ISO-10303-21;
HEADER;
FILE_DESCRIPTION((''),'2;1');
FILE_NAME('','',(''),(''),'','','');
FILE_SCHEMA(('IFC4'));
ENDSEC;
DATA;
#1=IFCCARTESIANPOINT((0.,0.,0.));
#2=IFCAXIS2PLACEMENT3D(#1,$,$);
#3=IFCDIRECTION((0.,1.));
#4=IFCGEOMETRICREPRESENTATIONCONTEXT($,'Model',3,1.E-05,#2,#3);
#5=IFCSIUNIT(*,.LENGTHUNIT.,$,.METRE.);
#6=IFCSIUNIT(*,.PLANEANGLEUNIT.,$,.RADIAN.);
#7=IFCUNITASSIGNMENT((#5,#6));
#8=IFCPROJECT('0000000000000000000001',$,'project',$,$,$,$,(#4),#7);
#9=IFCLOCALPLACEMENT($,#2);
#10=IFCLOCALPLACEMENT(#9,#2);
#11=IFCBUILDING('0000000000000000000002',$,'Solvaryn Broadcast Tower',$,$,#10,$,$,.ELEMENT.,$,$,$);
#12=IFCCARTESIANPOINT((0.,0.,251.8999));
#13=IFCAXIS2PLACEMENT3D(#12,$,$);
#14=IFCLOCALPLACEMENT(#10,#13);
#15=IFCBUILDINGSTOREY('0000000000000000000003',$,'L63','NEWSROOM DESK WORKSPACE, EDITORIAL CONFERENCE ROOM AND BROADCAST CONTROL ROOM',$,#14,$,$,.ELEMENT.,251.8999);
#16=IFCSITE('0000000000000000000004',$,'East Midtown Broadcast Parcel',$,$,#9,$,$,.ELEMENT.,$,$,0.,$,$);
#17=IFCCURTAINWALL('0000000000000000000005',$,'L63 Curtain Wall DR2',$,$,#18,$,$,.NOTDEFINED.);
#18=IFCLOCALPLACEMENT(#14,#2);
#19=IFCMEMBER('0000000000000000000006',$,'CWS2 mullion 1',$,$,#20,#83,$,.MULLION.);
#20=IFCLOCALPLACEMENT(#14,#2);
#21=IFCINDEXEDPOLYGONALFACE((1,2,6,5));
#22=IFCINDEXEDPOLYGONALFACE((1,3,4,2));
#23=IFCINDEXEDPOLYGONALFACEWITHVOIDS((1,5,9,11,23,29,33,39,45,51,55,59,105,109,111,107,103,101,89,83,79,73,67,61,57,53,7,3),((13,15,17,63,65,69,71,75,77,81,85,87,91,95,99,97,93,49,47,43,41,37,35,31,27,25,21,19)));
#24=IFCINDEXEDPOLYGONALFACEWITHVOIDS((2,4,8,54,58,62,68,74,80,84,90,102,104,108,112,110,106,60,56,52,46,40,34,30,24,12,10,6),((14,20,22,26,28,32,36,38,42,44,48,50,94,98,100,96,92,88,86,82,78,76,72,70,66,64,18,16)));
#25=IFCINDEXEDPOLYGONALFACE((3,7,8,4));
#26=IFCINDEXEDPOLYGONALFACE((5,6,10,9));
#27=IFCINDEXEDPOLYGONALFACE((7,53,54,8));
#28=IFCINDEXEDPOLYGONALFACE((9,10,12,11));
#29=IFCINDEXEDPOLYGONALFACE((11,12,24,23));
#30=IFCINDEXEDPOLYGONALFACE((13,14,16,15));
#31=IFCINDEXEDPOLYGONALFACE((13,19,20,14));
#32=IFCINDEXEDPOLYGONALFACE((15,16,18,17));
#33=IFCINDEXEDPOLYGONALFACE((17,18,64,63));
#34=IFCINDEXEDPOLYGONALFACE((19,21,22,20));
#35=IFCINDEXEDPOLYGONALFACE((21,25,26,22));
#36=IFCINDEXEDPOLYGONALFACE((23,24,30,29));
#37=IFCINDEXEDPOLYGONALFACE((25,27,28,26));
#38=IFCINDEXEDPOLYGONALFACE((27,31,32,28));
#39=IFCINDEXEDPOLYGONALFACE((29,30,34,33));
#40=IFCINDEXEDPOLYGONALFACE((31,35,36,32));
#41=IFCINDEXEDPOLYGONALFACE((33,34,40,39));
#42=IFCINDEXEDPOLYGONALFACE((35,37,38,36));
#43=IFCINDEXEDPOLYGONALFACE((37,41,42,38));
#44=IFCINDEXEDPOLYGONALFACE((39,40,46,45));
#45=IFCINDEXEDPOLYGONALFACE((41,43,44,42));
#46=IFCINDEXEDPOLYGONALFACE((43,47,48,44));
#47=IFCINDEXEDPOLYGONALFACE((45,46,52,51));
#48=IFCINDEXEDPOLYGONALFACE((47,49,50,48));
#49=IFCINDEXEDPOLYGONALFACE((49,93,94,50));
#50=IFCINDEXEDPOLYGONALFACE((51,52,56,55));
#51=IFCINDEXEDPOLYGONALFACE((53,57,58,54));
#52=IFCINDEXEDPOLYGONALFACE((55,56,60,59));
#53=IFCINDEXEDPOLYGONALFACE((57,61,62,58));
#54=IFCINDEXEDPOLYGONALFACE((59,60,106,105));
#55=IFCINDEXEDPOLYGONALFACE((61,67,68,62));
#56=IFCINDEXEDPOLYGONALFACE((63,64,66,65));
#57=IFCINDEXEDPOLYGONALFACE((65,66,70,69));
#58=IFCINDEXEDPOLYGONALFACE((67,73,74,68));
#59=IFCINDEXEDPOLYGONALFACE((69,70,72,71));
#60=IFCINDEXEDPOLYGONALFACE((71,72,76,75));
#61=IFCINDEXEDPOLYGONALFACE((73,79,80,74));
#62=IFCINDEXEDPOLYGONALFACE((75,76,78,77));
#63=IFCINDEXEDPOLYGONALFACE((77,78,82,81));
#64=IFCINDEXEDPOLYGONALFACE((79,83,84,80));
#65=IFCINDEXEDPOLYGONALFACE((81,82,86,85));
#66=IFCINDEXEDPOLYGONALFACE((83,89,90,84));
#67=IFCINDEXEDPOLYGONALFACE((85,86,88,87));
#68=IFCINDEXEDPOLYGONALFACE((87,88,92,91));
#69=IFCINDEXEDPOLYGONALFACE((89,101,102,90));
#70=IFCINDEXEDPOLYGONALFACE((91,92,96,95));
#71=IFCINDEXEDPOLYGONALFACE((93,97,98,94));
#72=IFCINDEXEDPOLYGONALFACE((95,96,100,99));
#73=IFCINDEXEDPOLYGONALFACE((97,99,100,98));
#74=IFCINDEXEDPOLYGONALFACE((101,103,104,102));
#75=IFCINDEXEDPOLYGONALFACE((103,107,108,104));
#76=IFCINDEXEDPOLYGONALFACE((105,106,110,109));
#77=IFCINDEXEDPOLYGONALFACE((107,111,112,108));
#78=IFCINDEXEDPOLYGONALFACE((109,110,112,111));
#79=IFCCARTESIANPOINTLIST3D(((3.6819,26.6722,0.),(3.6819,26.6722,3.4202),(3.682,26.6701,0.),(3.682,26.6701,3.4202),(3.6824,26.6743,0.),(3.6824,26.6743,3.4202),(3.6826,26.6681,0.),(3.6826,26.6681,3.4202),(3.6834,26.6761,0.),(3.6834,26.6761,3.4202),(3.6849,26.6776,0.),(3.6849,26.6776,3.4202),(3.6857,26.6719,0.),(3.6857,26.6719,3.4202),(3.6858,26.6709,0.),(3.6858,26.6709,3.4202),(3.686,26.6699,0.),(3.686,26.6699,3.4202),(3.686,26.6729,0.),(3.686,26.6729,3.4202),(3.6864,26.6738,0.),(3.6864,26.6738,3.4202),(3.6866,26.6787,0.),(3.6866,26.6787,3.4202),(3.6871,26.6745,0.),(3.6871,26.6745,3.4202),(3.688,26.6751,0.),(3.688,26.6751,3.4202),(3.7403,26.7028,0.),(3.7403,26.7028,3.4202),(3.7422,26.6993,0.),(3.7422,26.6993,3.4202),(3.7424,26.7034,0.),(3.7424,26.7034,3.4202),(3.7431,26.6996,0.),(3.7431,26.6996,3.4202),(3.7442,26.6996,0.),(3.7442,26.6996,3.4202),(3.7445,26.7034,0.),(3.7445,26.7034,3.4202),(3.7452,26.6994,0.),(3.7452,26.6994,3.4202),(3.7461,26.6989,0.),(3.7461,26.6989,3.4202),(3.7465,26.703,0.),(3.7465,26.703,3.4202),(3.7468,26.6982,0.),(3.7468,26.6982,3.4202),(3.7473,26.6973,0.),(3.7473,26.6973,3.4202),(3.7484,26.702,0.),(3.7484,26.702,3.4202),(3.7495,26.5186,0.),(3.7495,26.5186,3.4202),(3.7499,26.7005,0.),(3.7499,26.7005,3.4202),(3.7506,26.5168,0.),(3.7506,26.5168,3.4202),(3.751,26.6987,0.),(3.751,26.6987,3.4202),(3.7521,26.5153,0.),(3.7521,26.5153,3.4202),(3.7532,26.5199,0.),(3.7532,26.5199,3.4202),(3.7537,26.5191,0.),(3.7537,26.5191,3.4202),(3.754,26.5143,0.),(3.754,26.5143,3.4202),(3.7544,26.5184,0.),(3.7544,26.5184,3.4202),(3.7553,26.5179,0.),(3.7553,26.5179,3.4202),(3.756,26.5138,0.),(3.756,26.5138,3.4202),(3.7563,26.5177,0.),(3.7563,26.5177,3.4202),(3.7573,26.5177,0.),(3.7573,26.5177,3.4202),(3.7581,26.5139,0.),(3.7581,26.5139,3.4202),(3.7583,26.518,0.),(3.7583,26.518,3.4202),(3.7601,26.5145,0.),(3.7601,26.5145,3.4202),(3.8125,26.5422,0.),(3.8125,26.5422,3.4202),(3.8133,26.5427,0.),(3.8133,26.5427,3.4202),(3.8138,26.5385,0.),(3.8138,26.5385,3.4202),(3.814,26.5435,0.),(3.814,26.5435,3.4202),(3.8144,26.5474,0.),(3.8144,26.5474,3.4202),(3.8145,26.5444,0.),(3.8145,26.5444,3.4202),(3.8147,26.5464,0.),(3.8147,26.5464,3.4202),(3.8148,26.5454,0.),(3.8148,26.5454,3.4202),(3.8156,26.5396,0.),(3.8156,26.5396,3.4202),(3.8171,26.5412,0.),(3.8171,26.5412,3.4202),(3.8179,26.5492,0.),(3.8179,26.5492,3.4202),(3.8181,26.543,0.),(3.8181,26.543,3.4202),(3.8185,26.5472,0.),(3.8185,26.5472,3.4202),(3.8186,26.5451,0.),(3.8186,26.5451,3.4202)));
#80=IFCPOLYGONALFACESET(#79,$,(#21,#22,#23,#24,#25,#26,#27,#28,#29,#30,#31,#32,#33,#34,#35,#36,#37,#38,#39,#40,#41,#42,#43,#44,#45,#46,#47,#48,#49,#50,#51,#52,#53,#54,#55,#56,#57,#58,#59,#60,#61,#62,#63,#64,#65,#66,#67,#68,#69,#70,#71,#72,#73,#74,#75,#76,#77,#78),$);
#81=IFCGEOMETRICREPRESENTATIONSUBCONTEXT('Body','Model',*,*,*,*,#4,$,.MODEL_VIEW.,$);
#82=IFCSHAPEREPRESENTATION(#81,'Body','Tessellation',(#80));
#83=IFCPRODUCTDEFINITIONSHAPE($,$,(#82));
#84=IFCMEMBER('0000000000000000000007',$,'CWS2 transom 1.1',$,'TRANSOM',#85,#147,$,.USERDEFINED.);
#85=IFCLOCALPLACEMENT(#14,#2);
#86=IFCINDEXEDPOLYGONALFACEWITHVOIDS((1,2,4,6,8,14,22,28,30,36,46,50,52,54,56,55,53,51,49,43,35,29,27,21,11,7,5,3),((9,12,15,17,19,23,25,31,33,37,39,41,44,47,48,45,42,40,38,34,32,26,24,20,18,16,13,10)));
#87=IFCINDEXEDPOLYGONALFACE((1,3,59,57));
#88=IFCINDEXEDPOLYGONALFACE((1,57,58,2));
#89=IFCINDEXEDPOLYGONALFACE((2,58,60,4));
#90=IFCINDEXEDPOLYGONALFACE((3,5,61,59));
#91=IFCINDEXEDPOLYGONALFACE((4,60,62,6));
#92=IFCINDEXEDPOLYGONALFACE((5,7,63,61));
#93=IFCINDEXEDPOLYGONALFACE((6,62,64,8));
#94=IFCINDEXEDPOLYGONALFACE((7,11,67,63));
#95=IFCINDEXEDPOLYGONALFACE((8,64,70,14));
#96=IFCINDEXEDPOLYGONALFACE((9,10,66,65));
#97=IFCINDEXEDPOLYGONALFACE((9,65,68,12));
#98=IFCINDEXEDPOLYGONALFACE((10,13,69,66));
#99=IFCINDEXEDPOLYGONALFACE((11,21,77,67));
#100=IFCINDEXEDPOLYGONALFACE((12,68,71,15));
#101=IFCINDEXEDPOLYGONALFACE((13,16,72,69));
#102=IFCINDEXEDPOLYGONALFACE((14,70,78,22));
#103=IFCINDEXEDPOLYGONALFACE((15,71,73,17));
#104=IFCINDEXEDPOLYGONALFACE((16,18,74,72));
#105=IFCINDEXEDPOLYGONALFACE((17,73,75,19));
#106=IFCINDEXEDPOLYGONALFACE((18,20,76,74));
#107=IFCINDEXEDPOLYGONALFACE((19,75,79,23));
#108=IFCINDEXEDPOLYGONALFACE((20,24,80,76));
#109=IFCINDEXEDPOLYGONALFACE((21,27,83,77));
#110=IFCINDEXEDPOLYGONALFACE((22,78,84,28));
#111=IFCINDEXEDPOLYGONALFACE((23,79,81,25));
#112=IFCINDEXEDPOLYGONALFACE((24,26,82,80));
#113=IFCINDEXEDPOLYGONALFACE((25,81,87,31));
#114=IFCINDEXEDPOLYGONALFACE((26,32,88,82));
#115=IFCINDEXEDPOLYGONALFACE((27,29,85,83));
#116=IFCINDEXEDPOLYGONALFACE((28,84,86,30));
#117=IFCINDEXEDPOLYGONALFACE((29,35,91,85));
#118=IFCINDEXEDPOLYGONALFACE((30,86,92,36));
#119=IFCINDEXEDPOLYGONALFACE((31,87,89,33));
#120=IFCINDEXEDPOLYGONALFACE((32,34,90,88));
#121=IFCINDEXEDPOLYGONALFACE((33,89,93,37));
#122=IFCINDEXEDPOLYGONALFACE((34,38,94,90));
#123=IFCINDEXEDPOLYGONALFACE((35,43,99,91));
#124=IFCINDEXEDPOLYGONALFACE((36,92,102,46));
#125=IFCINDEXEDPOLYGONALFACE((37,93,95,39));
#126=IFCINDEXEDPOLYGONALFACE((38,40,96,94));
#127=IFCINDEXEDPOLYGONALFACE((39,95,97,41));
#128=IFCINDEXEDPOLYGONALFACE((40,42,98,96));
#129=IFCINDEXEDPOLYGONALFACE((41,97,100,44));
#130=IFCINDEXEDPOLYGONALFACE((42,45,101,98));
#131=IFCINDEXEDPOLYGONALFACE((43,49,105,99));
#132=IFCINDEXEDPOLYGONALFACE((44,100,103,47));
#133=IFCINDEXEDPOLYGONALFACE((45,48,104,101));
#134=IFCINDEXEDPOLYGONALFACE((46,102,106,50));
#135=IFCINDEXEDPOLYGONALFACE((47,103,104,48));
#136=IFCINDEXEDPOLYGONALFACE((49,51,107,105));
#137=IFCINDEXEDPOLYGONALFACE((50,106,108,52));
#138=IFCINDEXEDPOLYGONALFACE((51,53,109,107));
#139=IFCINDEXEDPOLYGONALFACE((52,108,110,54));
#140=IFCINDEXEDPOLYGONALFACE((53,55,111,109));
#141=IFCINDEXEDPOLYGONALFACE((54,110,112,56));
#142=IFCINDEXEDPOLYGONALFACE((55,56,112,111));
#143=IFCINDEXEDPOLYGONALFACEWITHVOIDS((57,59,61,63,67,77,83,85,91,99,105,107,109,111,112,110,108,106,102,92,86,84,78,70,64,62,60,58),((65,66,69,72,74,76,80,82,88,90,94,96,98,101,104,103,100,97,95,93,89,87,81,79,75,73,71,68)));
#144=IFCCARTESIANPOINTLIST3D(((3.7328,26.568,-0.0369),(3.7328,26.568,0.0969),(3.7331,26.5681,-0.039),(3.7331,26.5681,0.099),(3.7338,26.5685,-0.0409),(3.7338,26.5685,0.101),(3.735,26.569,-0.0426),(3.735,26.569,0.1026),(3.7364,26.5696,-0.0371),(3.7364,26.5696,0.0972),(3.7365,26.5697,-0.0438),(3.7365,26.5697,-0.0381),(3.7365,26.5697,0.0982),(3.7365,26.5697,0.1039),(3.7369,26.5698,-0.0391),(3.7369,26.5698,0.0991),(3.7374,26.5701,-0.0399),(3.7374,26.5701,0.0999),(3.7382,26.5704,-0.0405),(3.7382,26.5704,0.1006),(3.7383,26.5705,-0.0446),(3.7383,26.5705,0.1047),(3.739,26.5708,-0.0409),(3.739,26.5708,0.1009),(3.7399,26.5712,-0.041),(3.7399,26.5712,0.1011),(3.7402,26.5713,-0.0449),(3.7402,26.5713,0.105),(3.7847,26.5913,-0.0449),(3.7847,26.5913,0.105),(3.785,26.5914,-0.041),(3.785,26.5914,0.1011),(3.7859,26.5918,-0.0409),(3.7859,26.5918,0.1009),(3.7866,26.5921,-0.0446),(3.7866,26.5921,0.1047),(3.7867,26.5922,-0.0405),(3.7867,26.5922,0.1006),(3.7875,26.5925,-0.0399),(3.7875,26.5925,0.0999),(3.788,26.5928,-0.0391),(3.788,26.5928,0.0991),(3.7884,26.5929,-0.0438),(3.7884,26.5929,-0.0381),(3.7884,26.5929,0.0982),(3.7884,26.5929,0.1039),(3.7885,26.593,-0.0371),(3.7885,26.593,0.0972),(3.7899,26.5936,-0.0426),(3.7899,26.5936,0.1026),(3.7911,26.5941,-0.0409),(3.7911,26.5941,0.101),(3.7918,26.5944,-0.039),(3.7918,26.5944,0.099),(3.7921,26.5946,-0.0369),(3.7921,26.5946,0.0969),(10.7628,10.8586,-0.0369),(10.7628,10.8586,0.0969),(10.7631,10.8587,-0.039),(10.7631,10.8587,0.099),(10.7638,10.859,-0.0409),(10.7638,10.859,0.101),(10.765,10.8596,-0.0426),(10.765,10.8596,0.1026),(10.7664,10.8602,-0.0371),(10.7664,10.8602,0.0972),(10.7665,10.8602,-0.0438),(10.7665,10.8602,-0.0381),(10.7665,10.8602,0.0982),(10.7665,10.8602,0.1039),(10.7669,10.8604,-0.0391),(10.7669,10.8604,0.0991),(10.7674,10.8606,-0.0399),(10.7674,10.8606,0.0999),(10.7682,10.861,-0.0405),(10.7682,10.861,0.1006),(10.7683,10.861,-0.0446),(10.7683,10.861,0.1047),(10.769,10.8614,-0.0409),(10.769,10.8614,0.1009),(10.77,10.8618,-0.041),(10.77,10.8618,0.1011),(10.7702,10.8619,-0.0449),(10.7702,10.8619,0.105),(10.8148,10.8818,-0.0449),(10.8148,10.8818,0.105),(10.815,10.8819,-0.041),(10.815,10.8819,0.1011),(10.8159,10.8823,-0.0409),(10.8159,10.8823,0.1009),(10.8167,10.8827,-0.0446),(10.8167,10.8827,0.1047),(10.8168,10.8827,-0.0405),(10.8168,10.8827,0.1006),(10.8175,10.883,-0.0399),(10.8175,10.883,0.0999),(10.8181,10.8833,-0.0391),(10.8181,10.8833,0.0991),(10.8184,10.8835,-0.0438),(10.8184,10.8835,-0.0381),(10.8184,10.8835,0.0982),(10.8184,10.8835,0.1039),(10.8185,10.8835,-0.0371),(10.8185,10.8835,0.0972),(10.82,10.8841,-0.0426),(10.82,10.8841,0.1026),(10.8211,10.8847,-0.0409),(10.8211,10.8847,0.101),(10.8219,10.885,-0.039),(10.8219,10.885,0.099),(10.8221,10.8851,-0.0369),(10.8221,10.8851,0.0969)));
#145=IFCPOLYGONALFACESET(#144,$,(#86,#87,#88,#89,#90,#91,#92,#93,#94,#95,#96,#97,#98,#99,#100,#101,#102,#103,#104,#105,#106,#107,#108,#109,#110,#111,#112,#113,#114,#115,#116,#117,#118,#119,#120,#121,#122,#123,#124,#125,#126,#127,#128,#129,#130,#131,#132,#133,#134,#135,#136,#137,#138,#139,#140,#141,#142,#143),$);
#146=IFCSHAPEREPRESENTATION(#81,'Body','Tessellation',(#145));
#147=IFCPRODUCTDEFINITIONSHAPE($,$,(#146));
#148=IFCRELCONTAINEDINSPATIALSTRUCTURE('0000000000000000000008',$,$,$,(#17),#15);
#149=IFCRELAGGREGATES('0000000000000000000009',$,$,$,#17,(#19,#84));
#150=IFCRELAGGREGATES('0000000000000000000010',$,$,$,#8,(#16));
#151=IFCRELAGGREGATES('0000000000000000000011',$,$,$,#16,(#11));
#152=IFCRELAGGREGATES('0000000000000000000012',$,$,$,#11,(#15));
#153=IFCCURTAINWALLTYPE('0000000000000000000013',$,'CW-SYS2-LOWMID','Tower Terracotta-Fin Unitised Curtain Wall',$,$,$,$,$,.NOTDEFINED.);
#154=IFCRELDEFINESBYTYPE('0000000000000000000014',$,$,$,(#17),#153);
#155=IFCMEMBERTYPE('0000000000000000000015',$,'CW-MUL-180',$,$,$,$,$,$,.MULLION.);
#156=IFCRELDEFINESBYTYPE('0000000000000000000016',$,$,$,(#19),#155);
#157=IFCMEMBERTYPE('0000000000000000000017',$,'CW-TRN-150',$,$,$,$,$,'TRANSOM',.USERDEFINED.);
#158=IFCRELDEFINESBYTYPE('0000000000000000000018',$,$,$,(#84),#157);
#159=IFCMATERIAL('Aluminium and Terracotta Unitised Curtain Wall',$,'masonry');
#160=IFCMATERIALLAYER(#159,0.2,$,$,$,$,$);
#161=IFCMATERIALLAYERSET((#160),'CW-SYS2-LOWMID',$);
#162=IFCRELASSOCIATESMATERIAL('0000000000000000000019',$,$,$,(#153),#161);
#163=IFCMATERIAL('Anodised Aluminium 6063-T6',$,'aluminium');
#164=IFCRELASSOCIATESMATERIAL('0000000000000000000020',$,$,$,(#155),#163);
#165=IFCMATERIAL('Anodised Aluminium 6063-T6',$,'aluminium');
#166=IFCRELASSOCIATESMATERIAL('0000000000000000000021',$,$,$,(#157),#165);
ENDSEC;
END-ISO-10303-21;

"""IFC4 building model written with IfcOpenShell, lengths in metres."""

from ifc_helpers import new_model, si_unit, direction, frame, origin, origin_2d, place, context, subcontext, project, spatial, hollow_rectangle, extrude, material, layer, layer_set, material_profile, profile_set, type_object, element, aggregate, save


model = new_model("IFC4")

# Units and contexts
model_context = context("Model", 3, precision=1e-05, world=origin(), true_north=direction((0.0, 1.0)))
body_context = subcontext(model_context, "Body", "Model", "MODEL_VIEW")
ifc_project = project(units=[si_unit("LENGTHUNIT", "METRE"), si_unit("PLANEANGLEUNIT", "RADIAN")], contexts=[model_context])

# Site, building, storey
site_placement = place(None, origin())
site = spatial("IfcSite", under=ifc_project, at=site_placement, Name="East Midtown Broadcast Parcel", CompositionType="ELEMENT", RefElevation=0.0)
building_placement = place(site_placement, origin())
building = spatial("IfcBuilding", under=site, at=building_placement, Name="Solvaryn Broadcast Tower", CompositionType="ELEMENT")
storey_placement = place(building_placement, frame((0.0, 0.0, 251.8999)))
storey = spatial("IfcBuildingStorey", under=building, at=storey_placement, Name="L63", Description="NEWSROOM DESK WORKSPACE, EDITORIAL CONFERENCE ROOM AND BROADCAST CONTROL ROOM", CompositionType="ELEMENT", Elevation=251.8999)

# Shared definitions
ifc_material_1 = material(Name="Aluminium and Terracotta Unitised Curtain Wall", Category="masonry")
ifc_layer_1 = layer(ifc_material_1, 0.2)
ifc_layer_set_1 = layer_set([ifc_layer_1], Name="CW-SYS2-LOWMID")
curtain_wall_type = type_object("IfcCurtainWallType", Name="CW-SYS2-LOWMID", Description="Tower Terracotta-Fin Unitised Curtain Wall", PredefinedType="NOTDEFINED", material=ifc_layer_set_1)
ifc_material_2 = material(Name="Anodised Aluminium 6063-T6", Category="aluminium")
ifc_material_profile_1 = material_profile(ifc_material_2, hollow_rectangle(XDim=0.075, YDim=0.1799, WallThickness=0.0039, InnerFilletRadius=0.0039, OuterFilletRadius=0.0081, at=origin_2d()))
ifc_profile_set_1 = profile_set([ifc_material_profile_1], Name="Anodised Aluminium 6063-T6")
member_type_1 = type_object("IfcMemberType", Name="CW-MUL-180", PredefinedType="MULLION", material=ifc_profile_set_1)

# Curtain wall, members
curtain_wall_1_placement = place(storey_placement, origin())
curtain_wall_1 = element("IfcCurtainWall", 1, at=curtain_wall_1_placement, inside=storey, type_object=curtain_wall_type, Name="L63 Curtain Wall DR2", PredefinedType="NOTDEFINED")
member_1_placement = place(storey_placement, frame((3.7502, 26.6086, 0.0), z_axis=(0.0, 0.0, 1.0), x_axis=(0.912774, 0.408466, 0.0)))
member_1 = element("IfcMember", 2, at=member_1_placement, type_object=member_type_1, Name="CWS2 mullion 1", PredefinedType="MULLION", context=body_context, shape_type="SweptSolid", body=[
    extrude(hollow_rectangle(XDim=0.075, YDim=0.1799, WallThickness=0.0039, InnerFilletRadius=0.0039, OuterFilletRadius=0.0081, at=origin_2d()), origin(), (0.0, 0.0, 1.0), 3.4202),
])
ifc_material_3 = material(Name="Anodised Aluminium 6063-T6", Category="aluminium")
ifc_material_profile_2 = material_profile(ifc_material_3, hollow_rectangle(XDim=0.0649, YDim=0.1499, WallThickness=0.0039, InnerFilletRadius=0.0039, OuterFilletRadius=0.0081, at=origin_2d()))
ifc_profile_set_2 = profile_set([ifc_material_profile_2], Name="Anodised Aluminium 6063-T6")
member_type_2 = type_object("IfcMemberType", Name="CW-TRN-150", ElementType="TRANSOM", PredefinedType="USERDEFINED", material=ifc_profile_set_2)
member_2_placement = place(storey_placement, frame((3.7625, 26.5813, 0.03), z_axis=(0.408468, -0.912773, 0.0), x_axis=(0.912773, 0.408468, 0.0)))
member_2 = element("IfcMember", 3, at=member_2_placement, type_object=member_type_2, Name="CWS2 transom 1.1", ObjectType="TRANSOM", PredefinedType="USERDEFINED", context=body_context, shape_type="SweptSolid", body=[
    extrude(hollow_rectangle(XDim=0.0649, YDim=0.1499, WallThickness=0.0039, InnerFilletRadius=0.0039, OuterFilletRadius=0.0081, at=origin_2d()), origin(), (0.0, 0.0, 1.0), 17.2107),
])
aggregate(curtain_wall_1, [member_1, member_2])

save(model, "model.ifc")
